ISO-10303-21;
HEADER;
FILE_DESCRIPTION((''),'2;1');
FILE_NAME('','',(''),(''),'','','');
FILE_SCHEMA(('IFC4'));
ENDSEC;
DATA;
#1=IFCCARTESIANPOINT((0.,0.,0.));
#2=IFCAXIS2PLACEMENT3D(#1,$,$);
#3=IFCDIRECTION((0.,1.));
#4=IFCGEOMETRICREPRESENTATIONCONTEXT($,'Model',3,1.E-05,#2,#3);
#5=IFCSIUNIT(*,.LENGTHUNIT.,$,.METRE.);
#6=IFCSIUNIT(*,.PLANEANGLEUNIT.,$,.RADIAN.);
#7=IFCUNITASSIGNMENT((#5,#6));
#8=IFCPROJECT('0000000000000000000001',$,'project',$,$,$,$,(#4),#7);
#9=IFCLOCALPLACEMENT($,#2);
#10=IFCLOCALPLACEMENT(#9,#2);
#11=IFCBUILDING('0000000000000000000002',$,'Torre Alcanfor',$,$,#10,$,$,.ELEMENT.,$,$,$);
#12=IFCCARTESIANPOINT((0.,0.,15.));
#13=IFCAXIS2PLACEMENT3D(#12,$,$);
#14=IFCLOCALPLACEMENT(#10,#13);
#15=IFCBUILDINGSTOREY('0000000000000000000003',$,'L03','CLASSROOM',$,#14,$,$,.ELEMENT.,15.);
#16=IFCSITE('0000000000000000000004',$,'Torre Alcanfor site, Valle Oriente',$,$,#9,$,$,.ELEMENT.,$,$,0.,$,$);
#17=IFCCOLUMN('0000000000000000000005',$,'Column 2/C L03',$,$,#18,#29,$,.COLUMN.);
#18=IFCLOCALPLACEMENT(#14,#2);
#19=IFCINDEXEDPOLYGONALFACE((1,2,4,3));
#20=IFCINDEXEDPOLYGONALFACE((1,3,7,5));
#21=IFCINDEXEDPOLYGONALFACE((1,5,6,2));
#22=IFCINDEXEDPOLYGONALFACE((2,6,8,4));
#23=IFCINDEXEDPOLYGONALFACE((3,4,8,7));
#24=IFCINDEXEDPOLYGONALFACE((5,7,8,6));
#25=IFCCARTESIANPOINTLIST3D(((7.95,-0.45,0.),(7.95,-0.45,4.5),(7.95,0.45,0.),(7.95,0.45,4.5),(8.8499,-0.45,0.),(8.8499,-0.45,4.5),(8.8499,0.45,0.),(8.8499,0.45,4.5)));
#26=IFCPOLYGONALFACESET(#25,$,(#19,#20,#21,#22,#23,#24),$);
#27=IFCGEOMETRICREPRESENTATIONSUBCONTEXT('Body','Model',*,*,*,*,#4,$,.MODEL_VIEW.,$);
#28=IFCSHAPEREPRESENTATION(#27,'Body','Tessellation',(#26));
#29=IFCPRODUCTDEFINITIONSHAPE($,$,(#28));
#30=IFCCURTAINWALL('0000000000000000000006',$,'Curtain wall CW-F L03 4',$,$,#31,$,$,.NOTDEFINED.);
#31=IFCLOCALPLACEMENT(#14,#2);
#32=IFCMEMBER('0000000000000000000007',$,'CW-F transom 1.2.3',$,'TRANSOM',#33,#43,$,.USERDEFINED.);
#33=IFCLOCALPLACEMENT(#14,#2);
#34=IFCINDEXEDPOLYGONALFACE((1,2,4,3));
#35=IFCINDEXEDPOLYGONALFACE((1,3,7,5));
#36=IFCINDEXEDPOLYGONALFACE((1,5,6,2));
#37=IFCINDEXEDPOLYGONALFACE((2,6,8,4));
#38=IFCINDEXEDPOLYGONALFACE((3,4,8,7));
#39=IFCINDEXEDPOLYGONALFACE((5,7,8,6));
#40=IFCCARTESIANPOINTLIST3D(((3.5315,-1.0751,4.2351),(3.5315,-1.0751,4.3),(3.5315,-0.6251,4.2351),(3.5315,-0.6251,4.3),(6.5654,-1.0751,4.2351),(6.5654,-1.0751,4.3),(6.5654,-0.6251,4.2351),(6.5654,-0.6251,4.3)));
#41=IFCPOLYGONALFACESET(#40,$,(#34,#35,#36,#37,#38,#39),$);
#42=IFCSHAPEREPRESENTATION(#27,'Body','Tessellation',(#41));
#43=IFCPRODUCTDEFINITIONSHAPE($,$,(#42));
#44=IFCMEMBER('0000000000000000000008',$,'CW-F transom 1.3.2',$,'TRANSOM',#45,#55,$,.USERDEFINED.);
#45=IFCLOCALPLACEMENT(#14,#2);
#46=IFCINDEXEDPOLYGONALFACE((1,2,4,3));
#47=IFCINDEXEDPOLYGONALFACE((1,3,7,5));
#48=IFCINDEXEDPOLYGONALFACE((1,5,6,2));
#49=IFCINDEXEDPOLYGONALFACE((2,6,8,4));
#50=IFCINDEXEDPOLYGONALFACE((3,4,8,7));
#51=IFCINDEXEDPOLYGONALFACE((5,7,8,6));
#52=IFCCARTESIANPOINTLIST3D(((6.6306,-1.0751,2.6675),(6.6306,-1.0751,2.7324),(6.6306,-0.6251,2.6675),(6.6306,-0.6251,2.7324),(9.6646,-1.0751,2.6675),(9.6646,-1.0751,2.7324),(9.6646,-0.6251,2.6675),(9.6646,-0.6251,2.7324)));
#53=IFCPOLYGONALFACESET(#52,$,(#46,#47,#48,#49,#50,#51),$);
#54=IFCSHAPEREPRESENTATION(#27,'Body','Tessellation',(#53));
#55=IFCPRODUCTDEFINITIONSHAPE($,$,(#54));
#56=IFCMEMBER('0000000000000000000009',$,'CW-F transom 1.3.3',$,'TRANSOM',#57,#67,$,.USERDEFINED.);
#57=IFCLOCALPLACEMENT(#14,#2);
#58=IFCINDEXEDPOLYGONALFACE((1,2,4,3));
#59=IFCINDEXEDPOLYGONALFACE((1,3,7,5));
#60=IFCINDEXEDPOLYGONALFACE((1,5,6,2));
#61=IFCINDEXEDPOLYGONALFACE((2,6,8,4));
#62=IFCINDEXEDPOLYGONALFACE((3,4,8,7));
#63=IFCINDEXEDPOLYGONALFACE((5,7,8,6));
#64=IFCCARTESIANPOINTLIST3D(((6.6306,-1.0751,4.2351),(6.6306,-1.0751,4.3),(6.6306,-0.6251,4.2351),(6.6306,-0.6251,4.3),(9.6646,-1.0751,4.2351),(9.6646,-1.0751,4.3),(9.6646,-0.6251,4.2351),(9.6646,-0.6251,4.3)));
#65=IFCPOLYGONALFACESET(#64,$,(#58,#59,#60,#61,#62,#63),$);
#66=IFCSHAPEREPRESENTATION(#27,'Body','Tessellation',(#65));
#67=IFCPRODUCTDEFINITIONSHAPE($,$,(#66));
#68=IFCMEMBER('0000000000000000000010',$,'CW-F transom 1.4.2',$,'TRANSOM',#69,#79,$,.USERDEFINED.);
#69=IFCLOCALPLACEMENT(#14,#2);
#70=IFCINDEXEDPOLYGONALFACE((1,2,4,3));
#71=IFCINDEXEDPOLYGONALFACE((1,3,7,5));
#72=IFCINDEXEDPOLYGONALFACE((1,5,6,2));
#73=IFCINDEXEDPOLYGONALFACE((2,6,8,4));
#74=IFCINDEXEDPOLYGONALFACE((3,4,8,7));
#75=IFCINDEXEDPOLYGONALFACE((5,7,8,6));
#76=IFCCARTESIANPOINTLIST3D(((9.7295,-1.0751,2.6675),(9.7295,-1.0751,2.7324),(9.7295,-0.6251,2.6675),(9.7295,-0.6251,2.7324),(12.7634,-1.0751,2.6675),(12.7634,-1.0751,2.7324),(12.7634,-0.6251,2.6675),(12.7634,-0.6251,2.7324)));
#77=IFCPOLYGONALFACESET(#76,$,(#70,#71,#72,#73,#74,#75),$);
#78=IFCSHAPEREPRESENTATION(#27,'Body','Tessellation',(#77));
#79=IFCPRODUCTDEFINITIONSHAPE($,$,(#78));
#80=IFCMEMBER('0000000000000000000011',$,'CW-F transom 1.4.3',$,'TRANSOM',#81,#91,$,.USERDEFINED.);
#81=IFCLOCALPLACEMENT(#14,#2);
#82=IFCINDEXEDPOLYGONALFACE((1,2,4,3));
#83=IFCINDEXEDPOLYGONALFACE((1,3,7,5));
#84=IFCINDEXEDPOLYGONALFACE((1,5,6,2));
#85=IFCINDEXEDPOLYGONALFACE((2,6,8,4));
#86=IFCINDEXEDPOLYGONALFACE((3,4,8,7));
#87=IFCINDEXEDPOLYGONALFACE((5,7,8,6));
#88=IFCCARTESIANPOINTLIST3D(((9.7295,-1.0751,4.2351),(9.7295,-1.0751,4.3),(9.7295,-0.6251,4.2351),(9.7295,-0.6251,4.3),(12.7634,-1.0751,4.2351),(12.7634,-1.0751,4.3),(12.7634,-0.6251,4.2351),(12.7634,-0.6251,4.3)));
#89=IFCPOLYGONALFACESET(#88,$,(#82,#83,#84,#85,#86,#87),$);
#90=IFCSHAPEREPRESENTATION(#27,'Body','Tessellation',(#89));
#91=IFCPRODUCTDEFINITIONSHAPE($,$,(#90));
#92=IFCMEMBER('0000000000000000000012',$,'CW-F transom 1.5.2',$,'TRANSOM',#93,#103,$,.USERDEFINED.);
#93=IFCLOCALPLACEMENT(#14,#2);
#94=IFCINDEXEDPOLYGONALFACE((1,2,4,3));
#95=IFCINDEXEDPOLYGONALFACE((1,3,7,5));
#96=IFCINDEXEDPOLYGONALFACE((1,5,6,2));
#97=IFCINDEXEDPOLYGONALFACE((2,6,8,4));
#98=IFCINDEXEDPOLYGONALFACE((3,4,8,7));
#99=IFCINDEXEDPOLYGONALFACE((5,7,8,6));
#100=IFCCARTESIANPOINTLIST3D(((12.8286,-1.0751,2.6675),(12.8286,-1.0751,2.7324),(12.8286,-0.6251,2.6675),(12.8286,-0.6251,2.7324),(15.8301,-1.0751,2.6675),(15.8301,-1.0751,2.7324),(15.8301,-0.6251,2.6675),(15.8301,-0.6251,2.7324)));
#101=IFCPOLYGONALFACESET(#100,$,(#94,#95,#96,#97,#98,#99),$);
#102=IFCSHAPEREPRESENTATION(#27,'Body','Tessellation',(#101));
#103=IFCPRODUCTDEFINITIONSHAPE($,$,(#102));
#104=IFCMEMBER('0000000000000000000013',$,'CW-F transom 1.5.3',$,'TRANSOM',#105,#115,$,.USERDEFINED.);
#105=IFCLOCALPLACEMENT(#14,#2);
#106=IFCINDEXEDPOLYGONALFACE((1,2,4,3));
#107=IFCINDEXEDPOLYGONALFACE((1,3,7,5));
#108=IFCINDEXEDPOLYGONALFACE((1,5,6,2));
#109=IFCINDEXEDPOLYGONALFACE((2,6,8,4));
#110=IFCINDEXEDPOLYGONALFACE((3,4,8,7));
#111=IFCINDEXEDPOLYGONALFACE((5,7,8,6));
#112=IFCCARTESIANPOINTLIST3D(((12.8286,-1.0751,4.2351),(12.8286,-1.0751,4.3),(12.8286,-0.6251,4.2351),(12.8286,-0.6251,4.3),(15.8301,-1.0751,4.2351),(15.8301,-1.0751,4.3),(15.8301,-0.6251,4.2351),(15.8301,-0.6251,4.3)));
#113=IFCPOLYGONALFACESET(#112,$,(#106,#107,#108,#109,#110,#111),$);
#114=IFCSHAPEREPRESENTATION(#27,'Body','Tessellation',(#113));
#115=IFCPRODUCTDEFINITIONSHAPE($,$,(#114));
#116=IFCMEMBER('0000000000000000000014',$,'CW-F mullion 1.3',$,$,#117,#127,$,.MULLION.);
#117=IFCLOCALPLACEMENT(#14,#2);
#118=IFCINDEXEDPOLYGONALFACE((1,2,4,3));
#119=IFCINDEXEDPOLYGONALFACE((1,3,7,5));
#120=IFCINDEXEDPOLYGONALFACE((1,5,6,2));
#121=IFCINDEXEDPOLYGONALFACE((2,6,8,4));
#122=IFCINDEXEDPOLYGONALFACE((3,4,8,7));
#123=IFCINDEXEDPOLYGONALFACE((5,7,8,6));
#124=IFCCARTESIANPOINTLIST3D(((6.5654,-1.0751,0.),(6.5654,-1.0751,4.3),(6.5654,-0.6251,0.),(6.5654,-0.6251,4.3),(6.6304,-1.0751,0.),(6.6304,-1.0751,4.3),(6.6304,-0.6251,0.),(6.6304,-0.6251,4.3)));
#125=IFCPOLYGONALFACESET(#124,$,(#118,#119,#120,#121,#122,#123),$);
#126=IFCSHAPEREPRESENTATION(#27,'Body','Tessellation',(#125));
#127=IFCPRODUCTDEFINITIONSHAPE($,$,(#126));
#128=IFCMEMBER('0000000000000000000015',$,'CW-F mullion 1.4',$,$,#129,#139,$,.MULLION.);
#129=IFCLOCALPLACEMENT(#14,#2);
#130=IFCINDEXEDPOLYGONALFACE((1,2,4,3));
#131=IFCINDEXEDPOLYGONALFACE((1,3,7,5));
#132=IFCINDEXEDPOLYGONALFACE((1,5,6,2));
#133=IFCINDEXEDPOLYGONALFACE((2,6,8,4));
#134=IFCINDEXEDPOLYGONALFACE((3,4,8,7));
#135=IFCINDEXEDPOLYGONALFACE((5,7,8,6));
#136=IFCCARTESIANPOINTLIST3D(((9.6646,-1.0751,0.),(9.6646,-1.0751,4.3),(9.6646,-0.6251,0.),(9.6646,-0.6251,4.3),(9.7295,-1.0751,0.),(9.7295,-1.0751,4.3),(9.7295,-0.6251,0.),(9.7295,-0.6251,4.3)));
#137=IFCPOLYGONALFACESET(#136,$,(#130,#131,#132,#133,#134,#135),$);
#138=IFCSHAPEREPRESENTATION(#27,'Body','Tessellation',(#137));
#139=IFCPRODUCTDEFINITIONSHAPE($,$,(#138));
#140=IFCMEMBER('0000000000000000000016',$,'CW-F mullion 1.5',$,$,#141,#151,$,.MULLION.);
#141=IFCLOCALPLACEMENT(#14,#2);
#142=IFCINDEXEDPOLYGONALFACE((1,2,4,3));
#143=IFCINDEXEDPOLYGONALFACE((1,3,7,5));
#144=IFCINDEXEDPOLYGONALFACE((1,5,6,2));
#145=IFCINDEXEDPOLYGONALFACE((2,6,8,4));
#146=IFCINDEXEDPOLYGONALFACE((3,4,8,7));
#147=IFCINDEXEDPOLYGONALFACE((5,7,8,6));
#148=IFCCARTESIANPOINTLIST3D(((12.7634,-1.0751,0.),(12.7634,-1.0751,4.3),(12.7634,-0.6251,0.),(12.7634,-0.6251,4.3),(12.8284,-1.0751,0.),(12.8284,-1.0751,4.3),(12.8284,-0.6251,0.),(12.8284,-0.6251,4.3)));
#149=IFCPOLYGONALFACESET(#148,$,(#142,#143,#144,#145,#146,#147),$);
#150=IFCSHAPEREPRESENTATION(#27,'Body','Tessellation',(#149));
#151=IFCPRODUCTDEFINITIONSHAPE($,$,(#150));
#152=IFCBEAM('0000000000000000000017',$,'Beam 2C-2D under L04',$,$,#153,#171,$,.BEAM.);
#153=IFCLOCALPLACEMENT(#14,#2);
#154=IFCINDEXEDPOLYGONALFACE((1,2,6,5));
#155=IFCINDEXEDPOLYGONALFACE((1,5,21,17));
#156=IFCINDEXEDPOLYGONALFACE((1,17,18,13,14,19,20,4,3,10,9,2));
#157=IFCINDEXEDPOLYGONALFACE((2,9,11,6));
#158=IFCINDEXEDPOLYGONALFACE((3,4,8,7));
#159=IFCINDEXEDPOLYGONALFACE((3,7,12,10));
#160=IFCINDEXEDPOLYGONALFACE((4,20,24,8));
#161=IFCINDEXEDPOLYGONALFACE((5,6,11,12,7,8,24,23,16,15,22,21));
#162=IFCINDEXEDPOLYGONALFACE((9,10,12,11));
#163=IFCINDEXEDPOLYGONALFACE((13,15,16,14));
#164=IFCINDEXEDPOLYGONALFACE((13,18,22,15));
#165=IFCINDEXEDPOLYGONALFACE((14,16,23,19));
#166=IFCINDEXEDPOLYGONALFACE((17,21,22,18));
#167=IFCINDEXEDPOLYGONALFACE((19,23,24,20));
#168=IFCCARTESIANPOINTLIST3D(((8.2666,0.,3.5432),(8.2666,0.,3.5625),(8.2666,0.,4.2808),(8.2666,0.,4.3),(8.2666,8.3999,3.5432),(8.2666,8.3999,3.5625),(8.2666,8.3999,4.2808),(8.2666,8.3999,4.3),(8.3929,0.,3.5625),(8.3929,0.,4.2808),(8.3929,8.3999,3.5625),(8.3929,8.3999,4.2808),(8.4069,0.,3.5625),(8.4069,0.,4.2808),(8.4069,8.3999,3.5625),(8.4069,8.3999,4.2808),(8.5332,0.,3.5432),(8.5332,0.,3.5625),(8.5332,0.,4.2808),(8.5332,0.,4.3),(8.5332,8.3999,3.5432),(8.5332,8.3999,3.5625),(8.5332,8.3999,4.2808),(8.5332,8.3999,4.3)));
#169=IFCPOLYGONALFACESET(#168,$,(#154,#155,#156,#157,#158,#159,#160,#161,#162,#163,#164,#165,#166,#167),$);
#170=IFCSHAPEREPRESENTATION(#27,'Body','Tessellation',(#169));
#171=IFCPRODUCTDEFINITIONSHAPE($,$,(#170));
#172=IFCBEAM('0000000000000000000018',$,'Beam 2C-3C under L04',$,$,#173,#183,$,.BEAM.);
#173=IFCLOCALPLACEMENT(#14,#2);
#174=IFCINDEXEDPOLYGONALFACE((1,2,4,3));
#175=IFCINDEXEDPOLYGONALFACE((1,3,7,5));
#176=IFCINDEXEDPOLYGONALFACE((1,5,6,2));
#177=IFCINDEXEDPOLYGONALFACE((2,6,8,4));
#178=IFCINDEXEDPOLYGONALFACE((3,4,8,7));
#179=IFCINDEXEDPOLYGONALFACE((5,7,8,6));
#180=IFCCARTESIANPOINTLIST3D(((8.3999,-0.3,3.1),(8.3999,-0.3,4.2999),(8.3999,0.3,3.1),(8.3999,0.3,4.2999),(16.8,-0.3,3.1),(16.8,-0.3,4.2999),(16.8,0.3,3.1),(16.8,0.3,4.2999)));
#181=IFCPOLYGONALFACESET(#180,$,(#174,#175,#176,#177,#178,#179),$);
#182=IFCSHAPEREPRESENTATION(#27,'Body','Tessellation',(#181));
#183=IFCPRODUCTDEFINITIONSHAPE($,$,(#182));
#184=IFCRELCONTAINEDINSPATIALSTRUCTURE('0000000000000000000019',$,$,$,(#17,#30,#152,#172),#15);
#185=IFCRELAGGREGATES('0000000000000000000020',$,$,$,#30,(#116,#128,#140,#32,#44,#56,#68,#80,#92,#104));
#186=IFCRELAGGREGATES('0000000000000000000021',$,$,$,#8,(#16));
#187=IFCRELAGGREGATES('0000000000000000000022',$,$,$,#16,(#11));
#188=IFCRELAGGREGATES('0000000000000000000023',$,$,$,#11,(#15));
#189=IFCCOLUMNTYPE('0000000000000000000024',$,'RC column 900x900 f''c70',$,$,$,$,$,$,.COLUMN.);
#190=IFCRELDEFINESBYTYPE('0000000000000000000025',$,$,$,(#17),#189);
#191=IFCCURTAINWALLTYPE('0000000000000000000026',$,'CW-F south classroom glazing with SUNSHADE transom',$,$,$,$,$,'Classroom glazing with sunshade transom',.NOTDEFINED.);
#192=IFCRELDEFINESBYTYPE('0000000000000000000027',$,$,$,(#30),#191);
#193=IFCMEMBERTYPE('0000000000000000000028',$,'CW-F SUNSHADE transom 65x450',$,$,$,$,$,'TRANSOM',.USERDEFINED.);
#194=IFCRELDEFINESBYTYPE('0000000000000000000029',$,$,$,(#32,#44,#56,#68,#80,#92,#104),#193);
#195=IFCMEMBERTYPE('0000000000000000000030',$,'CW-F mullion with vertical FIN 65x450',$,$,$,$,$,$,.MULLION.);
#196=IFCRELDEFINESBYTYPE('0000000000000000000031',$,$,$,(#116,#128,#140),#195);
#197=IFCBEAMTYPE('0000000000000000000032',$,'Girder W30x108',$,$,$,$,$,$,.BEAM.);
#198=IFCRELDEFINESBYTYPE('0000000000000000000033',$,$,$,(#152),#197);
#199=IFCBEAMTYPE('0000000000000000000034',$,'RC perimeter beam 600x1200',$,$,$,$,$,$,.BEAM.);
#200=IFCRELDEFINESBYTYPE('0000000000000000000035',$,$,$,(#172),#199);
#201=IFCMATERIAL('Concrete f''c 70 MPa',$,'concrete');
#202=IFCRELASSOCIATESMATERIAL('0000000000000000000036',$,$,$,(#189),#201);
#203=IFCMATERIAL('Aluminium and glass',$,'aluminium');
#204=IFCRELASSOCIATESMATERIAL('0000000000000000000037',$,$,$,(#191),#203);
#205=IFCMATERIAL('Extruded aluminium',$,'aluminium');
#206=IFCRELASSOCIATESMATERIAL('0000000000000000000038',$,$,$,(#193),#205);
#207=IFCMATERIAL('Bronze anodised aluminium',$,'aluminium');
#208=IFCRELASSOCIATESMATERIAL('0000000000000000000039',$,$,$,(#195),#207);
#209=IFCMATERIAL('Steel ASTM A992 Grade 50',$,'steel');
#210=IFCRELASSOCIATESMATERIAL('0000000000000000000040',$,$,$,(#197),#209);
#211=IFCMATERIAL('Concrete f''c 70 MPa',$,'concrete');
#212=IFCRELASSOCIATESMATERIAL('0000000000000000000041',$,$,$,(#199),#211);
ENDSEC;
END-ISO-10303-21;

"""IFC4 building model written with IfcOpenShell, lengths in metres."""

from ifc_helpers import new_model, si_unit, direction, frame, origin, origin_2d, place, context, subcontext, project, spatial, rectangle, i_section, extrude, material, material_profile, profile_set, type_object, element, aggregate, save


model = new_model("IFC4")

# Units and contexts
model_context = context("Model", 3, precision=1e-05, world=origin(), true_north=direction((0.0, 1.0)))
body_context = subcontext(model_context, "Body", "Model", "MODEL_VIEW")
ifc_project = project(units=[si_unit("LENGTHUNIT", "METRE"), si_unit("PLANEANGLEUNIT", "RADIAN")], contexts=[model_context])

# Site, building, storey
site_placement = place(None, origin())
site = spatial("IfcSite", under=ifc_project, at=site_placement, Name="Torre Alcanfor site, Valle Oriente", CompositionType="ELEMENT", RefElevation=0.0)
building_placement = place(site_placement, origin())
building = spatial("IfcBuilding", under=site, at=building_placement, Name="Torre Alcanfor", CompositionType="ELEMENT")
storey_placement = place(building_placement, frame((0.0, 0.0, 15.0)))
storey = spatial("IfcBuildingStorey", under=building, at=storey_placement, Name="L03", Description="CLASSROOM", CompositionType="ELEMENT", Elevation=15.0)

# Column
ifc_material_1 = material(Name="Concrete f'c 70 MPa", Category="concrete")
ifc_material_profile_1 = material_profile(ifc_material_1, rectangle(XDim=0.8999, YDim=0.8999, at=origin_2d()), Name="900x900")
ifc_profile_set_1 = profile_set([ifc_material_profile_1], Name="Concrete f'c 70 MPa")
column_type = type_object("IfcColumnType", Name="RC column 900x900 f'c70", PredefinedType="COLUMN", material=ifc_profile_set_1)
column_placement = place(storey_placement, frame((8.3999, 0.0, 0.0), z_axis=(0.0, 0.0, 1.0), x_axis=(1.0, 0.0, 0.0)))
element("IfcColumn", 1, at=column_placement, inside=storey, type_object=column_type, Name="Column 2/C L03", PredefinedType="COLUMN", context=body_context, shape_type="SweptSolid", body=[
    extrude(rectangle(XDim=0.8999, YDim=0.8999, at=origin_2d()), origin(), (0.0, 0.0, 1.0), 4.5),
])

# Curtain wall, members
ifc_material_2 = material(Name="Aluminium and glass", Category="aluminium")
curtain_wall_type = type_object("IfcCurtainWallType", Name="CW-F south classroom glazing with SUNSHADE transom", ElementType="Classroom glazing with sunshade transom", PredefinedType="NOTDEFINED", material=ifc_material_2)
curtain_wall_placement = place(storey_placement, origin())
curtain_wall = element("IfcCurtainWall", 2, at=curtain_wall_placement, inside=storey, type_object=curtain_wall_type, Name="Curtain wall CW-F L03 4", PredefinedType="NOTDEFINED")
ifc_material_3 = material(Name="Extruded aluminium", Category="aluminium")
ifc_material_profile_2 = material_profile(ifc_material_3, rectangle(XDim=0.45, YDim=0.0649, at=origin_2d()), Name="CW-F transom 450x65")
ifc_profile_set_2 = profile_set([ifc_material_profile_2], Name="Extruded aluminium")
member_type_1 = type_object("IfcMemberType", Name="CW-F SUNSHADE transom 65x450", ElementType="TRANSOM", PredefinedType="USERDEFINED", material=ifc_profile_set_2)
member_1_placement = place(storey_placement, frame((3.5315, -0.8501, 4.2676), z_axis=(1.0, 0.0, 0.0), x_axis=(0.0, 1.0, 0.0)))
member_1 = element("IfcMember", 3, at=member_1_placement, type_object=member_type_1, Name="CW-F transom 1.2.3", ObjectType="TRANSOM", PredefinedType="USERDEFINED", context=body_context, shape_type="SweptSolid", body=[
    extrude(rectangle(XDim=0.45, YDim=0.0649, at=origin_2d()), origin(), (0.0, 0.0, 1.0), 3.0339),
])
member_2_placement = place(storey_placement, frame((6.6306, -0.8501, 2.7), z_axis=(1.0, 0.0, 0.0), x_axis=(0.0, 1.0, 0.0)))
member_2 = element("IfcMember", 4, at=member_2_placement, type_object=member_type_1, Name="CW-F transom 1.3.2", ObjectType="TRANSOM", PredefinedType="USERDEFINED", context=body_context, shape_type="SweptSolid", body=[
    extrude(rectangle(XDim=0.45, YDim=0.0649, at=origin_2d()), origin(), (0.0, 0.0, 1.0), 3.0339),
])
member_3_placement = place(storey_placement, frame((6.6306, -0.8501, 4.2676), z_axis=(1.0, 0.0, 0.0), x_axis=(0.0, 1.0, 0.0)))
member_3 = element("IfcMember", 5, at=member_3_placement, type_object=member_type_1, Name="CW-F transom 1.3.3", ObjectType="TRANSOM", PredefinedType="USERDEFINED", context=body_context, shape_type="SweptSolid", body=[
    extrude(rectangle(XDim=0.45, YDim=0.0649, at=origin_2d()), origin(), (0.0, 0.0, 1.0), 3.0339),
])
member_4_placement = place(storey_placement, frame((9.7295, -0.8501, 2.7), z_axis=(1.0, 0.0, 0.0), x_axis=(0.0, 1.0, 0.0)))
member_4 = element("IfcMember", 6, at=member_4_placement, type_object=member_type_1, Name="CW-F transom 1.4.2", ObjectType="TRANSOM", PredefinedType="USERDEFINED", context=body_context, shape_type="SweptSolid", body=[
    extrude(rectangle(XDim=0.45, YDim=0.0649, at=origin_2d()), origin(), (0.0, 0.0, 1.0), 3.0339),
])
member_5_placement = place(storey_placement, frame((9.7295, -0.8501, 4.2676), z_axis=(1.0, 0.0, 0.0), x_axis=(0.0, 1.0, 0.0)))
member_5 = element("IfcMember", 7, at=member_5_placement, type_object=member_type_1, Name="CW-F transom 1.4.3", ObjectType="TRANSOM", PredefinedType="USERDEFINED", context=body_context, shape_type="SweptSolid", body=[
    extrude(rectangle(XDim=0.45, YDim=0.0649, at=origin_2d()), origin(), (0.0, 0.0, 1.0), 3.0339),
])
member_6_placement = place(storey_placement, frame((12.8286, -0.8501, 2.7), z_axis=(1.0, 0.0, 0.0), x_axis=(0.0, 1.0, 0.0)))
member_6 = element("IfcMember", 8, at=member_6_placement, type_object=member_type_1, Name="CW-F transom 1.5.2", ObjectType="TRANSOM", PredefinedType="USERDEFINED", context=body_context, shape_type="SweptSolid", body=[
    extrude(rectangle(XDim=0.45, YDim=0.0649, at=origin_2d()), origin(), (0.0, 0.0, 1.0), 3.0015),
])
member_7_placement = place(storey_placement, frame((12.8286, -0.8501, 4.2676), z_axis=(1.0, 0.0, 0.0), x_axis=(0.0, 1.0, 0.0)))
member_7 = element("IfcMember", 9, at=member_7_placement, type_object=member_type_1, Name="CW-F transom 1.5.3", ObjectType="TRANSOM", PredefinedType="USERDEFINED", context=body_context, shape_type="SweptSolid", body=[
    extrude(rectangle(XDim=0.45, YDim=0.0649, at=origin_2d()), origin(), (0.0, 0.0, 1.0), 3.0015),
])
ifc_material_4 = material(Name="Bronze anodised aluminium", Category="aluminium")
ifc_material_profile_3 = material_profile(ifc_material_4, rectangle(XDim=0.45, YDim=0.0649, at=origin_2d()), Name="CW-F mullion 65x450")
ifc_profile_set_3 = profile_set([ifc_material_profile_3], Name="Bronze anodised aluminium")
member_type_2 = type_object("IfcMemberType", Name="CW-F mullion with vertical FIN 65x450", PredefinedType="MULLION", material=ifc_profile_set_3)
member_8_placement = place(storey_placement, frame((6.5979, -0.8501, 0.0), z_axis=(0.0, 0.0, 1.0), x_axis=(0.0, 1.0, 0.0)))
member_8 = element("IfcMember", 10, at=member_8_placement, type_object=member_type_2, Name="CW-F mullion 1.3", PredefinedType="MULLION", context=body_context, shape_type="SweptSolid", body=[
    extrude(rectangle(XDim=0.45, YDim=0.0649, at=origin_2d()), origin(), (0.0, 0.0, 1.0), 4.3),
])
member_9_placement = place(storey_placement, frame((9.697, -0.8501, 0.0), z_axis=(0.0, 0.0, 1.0), x_axis=(0.0, 1.0, 0.0)))
member_9 = element("IfcMember", 11, at=member_9_placement, type_object=member_type_2, Name="CW-F mullion 1.4", PredefinedType="MULLION", context=body_context, shape_type="SweptSolid", body=[
    extrude(rectangle(XDim=0.45, YDim=0.0649, at=origin_2d()), origin(), (0.0, 0.0, 1.0), 4.3),
])
member_10_placement = place(storey_placement, frame((12.7959, -0.8501, 0.0), z_axis=(0.0, 0.0, 1.0), x_axis=(0.0, 1.0, 0.0)))
member_10 = element("IfcMember", 12, at=member_10_placement, type_object=member_type_2, Name="CW-F mullion 1.5", PredefinedType="MULLION", context=body_context, shape_type="SweptSolid", body=[
    extrude(rectangle(XDim=0.45, YDim=0.0649, at=origin_2d()), origin(), (0.0, 0.0, 1.0), 4.3),
])

# Beams
ifc_material_5 = material(Name="Steel ASTM A992 Grade 50", Category="steel")
ifc_material_profile_4 = material_profile(ifc_material_5, i_section(OverallWidth=0.2666, OverallDepth=0.7568, WebThickness=0.0139, FlangeThickness=0.0193, at=origin_2d()), Name="W30x108")
ifc_profile_set_4 = profile_set([ifc_material_profile_4], Name="Steel ASTM A992 Grade 50")
beam_type_1 = type_object("IfcBeamType", Name="Girder W30x108", PredefinedType="BEAM", material=ifc_profile_set_4)
beam_1_placement = place(storey_placement, frame((8.3999, 0.0, 3.9216), z_axis=(0.0, 1.0, 0.0), x_axis=(-1.0, 0.0, 0.0)))
element("IfcBeam", 13, at=beam_1_placement, inside=storey, type_object=beam_type_1, Name="Beam 2C-2D under L04", PredefinedType="BEAM", context=body_context, shape_type="SweptSolid", body=[
    extrude(i_section(OverallWidth=0.2666, OverallDepth=0.7568, WebThickness=0.0139, FlangeThickness=0.0193, at=origin_2d()), origin(), (0.0, 0.0, 1.0), 8.3999),
])
ifc_material_6 = material(Name="Concrete f'c 70 MPa", Category="concrete")
ifc_material_profile_5 = material_profile(ifc_material_6, rectangle(XDim=0.6001, YDim=1.2, at=origin_2d()), Name="600x1200")
ifc_profile_set_5 = profile_set([ifc_material_profile_5], Name="Concrete f'c 70 MPa")
beam_type_2 = type_object("IfcBeamType", Name="RC perimeter beam 600x1200", PredefinedType="BEAM", material=ifc_profile_set_5)
beam_2_placement = place(storey_placement, frame((8.3999, 0.0, 3.7), z_axis=(1.0, 0.0, 0.0), x_axis=(0.0, 1.0, 0.0)))
element("IfcBeam", 14, at=beam_2_placement, inside=storey, type_object=beam_type_2, Name="Beam 2C-3C under L04", PredefinedType="BEAM", context=body_context, shape_type="SweptSolid", body=[
    extrude(rectangle(XDim=0.6001, YDim=1.2, at=origin_2d()), origin(), (0.0, 0.0, 1.0), 8.4001),
])

aggregate(curtain_wall, [member_8, member_9, member_10, member_1, member_2, member_3, member_4, member_5, member_6, member_7])

save(model, "model.ifc")
